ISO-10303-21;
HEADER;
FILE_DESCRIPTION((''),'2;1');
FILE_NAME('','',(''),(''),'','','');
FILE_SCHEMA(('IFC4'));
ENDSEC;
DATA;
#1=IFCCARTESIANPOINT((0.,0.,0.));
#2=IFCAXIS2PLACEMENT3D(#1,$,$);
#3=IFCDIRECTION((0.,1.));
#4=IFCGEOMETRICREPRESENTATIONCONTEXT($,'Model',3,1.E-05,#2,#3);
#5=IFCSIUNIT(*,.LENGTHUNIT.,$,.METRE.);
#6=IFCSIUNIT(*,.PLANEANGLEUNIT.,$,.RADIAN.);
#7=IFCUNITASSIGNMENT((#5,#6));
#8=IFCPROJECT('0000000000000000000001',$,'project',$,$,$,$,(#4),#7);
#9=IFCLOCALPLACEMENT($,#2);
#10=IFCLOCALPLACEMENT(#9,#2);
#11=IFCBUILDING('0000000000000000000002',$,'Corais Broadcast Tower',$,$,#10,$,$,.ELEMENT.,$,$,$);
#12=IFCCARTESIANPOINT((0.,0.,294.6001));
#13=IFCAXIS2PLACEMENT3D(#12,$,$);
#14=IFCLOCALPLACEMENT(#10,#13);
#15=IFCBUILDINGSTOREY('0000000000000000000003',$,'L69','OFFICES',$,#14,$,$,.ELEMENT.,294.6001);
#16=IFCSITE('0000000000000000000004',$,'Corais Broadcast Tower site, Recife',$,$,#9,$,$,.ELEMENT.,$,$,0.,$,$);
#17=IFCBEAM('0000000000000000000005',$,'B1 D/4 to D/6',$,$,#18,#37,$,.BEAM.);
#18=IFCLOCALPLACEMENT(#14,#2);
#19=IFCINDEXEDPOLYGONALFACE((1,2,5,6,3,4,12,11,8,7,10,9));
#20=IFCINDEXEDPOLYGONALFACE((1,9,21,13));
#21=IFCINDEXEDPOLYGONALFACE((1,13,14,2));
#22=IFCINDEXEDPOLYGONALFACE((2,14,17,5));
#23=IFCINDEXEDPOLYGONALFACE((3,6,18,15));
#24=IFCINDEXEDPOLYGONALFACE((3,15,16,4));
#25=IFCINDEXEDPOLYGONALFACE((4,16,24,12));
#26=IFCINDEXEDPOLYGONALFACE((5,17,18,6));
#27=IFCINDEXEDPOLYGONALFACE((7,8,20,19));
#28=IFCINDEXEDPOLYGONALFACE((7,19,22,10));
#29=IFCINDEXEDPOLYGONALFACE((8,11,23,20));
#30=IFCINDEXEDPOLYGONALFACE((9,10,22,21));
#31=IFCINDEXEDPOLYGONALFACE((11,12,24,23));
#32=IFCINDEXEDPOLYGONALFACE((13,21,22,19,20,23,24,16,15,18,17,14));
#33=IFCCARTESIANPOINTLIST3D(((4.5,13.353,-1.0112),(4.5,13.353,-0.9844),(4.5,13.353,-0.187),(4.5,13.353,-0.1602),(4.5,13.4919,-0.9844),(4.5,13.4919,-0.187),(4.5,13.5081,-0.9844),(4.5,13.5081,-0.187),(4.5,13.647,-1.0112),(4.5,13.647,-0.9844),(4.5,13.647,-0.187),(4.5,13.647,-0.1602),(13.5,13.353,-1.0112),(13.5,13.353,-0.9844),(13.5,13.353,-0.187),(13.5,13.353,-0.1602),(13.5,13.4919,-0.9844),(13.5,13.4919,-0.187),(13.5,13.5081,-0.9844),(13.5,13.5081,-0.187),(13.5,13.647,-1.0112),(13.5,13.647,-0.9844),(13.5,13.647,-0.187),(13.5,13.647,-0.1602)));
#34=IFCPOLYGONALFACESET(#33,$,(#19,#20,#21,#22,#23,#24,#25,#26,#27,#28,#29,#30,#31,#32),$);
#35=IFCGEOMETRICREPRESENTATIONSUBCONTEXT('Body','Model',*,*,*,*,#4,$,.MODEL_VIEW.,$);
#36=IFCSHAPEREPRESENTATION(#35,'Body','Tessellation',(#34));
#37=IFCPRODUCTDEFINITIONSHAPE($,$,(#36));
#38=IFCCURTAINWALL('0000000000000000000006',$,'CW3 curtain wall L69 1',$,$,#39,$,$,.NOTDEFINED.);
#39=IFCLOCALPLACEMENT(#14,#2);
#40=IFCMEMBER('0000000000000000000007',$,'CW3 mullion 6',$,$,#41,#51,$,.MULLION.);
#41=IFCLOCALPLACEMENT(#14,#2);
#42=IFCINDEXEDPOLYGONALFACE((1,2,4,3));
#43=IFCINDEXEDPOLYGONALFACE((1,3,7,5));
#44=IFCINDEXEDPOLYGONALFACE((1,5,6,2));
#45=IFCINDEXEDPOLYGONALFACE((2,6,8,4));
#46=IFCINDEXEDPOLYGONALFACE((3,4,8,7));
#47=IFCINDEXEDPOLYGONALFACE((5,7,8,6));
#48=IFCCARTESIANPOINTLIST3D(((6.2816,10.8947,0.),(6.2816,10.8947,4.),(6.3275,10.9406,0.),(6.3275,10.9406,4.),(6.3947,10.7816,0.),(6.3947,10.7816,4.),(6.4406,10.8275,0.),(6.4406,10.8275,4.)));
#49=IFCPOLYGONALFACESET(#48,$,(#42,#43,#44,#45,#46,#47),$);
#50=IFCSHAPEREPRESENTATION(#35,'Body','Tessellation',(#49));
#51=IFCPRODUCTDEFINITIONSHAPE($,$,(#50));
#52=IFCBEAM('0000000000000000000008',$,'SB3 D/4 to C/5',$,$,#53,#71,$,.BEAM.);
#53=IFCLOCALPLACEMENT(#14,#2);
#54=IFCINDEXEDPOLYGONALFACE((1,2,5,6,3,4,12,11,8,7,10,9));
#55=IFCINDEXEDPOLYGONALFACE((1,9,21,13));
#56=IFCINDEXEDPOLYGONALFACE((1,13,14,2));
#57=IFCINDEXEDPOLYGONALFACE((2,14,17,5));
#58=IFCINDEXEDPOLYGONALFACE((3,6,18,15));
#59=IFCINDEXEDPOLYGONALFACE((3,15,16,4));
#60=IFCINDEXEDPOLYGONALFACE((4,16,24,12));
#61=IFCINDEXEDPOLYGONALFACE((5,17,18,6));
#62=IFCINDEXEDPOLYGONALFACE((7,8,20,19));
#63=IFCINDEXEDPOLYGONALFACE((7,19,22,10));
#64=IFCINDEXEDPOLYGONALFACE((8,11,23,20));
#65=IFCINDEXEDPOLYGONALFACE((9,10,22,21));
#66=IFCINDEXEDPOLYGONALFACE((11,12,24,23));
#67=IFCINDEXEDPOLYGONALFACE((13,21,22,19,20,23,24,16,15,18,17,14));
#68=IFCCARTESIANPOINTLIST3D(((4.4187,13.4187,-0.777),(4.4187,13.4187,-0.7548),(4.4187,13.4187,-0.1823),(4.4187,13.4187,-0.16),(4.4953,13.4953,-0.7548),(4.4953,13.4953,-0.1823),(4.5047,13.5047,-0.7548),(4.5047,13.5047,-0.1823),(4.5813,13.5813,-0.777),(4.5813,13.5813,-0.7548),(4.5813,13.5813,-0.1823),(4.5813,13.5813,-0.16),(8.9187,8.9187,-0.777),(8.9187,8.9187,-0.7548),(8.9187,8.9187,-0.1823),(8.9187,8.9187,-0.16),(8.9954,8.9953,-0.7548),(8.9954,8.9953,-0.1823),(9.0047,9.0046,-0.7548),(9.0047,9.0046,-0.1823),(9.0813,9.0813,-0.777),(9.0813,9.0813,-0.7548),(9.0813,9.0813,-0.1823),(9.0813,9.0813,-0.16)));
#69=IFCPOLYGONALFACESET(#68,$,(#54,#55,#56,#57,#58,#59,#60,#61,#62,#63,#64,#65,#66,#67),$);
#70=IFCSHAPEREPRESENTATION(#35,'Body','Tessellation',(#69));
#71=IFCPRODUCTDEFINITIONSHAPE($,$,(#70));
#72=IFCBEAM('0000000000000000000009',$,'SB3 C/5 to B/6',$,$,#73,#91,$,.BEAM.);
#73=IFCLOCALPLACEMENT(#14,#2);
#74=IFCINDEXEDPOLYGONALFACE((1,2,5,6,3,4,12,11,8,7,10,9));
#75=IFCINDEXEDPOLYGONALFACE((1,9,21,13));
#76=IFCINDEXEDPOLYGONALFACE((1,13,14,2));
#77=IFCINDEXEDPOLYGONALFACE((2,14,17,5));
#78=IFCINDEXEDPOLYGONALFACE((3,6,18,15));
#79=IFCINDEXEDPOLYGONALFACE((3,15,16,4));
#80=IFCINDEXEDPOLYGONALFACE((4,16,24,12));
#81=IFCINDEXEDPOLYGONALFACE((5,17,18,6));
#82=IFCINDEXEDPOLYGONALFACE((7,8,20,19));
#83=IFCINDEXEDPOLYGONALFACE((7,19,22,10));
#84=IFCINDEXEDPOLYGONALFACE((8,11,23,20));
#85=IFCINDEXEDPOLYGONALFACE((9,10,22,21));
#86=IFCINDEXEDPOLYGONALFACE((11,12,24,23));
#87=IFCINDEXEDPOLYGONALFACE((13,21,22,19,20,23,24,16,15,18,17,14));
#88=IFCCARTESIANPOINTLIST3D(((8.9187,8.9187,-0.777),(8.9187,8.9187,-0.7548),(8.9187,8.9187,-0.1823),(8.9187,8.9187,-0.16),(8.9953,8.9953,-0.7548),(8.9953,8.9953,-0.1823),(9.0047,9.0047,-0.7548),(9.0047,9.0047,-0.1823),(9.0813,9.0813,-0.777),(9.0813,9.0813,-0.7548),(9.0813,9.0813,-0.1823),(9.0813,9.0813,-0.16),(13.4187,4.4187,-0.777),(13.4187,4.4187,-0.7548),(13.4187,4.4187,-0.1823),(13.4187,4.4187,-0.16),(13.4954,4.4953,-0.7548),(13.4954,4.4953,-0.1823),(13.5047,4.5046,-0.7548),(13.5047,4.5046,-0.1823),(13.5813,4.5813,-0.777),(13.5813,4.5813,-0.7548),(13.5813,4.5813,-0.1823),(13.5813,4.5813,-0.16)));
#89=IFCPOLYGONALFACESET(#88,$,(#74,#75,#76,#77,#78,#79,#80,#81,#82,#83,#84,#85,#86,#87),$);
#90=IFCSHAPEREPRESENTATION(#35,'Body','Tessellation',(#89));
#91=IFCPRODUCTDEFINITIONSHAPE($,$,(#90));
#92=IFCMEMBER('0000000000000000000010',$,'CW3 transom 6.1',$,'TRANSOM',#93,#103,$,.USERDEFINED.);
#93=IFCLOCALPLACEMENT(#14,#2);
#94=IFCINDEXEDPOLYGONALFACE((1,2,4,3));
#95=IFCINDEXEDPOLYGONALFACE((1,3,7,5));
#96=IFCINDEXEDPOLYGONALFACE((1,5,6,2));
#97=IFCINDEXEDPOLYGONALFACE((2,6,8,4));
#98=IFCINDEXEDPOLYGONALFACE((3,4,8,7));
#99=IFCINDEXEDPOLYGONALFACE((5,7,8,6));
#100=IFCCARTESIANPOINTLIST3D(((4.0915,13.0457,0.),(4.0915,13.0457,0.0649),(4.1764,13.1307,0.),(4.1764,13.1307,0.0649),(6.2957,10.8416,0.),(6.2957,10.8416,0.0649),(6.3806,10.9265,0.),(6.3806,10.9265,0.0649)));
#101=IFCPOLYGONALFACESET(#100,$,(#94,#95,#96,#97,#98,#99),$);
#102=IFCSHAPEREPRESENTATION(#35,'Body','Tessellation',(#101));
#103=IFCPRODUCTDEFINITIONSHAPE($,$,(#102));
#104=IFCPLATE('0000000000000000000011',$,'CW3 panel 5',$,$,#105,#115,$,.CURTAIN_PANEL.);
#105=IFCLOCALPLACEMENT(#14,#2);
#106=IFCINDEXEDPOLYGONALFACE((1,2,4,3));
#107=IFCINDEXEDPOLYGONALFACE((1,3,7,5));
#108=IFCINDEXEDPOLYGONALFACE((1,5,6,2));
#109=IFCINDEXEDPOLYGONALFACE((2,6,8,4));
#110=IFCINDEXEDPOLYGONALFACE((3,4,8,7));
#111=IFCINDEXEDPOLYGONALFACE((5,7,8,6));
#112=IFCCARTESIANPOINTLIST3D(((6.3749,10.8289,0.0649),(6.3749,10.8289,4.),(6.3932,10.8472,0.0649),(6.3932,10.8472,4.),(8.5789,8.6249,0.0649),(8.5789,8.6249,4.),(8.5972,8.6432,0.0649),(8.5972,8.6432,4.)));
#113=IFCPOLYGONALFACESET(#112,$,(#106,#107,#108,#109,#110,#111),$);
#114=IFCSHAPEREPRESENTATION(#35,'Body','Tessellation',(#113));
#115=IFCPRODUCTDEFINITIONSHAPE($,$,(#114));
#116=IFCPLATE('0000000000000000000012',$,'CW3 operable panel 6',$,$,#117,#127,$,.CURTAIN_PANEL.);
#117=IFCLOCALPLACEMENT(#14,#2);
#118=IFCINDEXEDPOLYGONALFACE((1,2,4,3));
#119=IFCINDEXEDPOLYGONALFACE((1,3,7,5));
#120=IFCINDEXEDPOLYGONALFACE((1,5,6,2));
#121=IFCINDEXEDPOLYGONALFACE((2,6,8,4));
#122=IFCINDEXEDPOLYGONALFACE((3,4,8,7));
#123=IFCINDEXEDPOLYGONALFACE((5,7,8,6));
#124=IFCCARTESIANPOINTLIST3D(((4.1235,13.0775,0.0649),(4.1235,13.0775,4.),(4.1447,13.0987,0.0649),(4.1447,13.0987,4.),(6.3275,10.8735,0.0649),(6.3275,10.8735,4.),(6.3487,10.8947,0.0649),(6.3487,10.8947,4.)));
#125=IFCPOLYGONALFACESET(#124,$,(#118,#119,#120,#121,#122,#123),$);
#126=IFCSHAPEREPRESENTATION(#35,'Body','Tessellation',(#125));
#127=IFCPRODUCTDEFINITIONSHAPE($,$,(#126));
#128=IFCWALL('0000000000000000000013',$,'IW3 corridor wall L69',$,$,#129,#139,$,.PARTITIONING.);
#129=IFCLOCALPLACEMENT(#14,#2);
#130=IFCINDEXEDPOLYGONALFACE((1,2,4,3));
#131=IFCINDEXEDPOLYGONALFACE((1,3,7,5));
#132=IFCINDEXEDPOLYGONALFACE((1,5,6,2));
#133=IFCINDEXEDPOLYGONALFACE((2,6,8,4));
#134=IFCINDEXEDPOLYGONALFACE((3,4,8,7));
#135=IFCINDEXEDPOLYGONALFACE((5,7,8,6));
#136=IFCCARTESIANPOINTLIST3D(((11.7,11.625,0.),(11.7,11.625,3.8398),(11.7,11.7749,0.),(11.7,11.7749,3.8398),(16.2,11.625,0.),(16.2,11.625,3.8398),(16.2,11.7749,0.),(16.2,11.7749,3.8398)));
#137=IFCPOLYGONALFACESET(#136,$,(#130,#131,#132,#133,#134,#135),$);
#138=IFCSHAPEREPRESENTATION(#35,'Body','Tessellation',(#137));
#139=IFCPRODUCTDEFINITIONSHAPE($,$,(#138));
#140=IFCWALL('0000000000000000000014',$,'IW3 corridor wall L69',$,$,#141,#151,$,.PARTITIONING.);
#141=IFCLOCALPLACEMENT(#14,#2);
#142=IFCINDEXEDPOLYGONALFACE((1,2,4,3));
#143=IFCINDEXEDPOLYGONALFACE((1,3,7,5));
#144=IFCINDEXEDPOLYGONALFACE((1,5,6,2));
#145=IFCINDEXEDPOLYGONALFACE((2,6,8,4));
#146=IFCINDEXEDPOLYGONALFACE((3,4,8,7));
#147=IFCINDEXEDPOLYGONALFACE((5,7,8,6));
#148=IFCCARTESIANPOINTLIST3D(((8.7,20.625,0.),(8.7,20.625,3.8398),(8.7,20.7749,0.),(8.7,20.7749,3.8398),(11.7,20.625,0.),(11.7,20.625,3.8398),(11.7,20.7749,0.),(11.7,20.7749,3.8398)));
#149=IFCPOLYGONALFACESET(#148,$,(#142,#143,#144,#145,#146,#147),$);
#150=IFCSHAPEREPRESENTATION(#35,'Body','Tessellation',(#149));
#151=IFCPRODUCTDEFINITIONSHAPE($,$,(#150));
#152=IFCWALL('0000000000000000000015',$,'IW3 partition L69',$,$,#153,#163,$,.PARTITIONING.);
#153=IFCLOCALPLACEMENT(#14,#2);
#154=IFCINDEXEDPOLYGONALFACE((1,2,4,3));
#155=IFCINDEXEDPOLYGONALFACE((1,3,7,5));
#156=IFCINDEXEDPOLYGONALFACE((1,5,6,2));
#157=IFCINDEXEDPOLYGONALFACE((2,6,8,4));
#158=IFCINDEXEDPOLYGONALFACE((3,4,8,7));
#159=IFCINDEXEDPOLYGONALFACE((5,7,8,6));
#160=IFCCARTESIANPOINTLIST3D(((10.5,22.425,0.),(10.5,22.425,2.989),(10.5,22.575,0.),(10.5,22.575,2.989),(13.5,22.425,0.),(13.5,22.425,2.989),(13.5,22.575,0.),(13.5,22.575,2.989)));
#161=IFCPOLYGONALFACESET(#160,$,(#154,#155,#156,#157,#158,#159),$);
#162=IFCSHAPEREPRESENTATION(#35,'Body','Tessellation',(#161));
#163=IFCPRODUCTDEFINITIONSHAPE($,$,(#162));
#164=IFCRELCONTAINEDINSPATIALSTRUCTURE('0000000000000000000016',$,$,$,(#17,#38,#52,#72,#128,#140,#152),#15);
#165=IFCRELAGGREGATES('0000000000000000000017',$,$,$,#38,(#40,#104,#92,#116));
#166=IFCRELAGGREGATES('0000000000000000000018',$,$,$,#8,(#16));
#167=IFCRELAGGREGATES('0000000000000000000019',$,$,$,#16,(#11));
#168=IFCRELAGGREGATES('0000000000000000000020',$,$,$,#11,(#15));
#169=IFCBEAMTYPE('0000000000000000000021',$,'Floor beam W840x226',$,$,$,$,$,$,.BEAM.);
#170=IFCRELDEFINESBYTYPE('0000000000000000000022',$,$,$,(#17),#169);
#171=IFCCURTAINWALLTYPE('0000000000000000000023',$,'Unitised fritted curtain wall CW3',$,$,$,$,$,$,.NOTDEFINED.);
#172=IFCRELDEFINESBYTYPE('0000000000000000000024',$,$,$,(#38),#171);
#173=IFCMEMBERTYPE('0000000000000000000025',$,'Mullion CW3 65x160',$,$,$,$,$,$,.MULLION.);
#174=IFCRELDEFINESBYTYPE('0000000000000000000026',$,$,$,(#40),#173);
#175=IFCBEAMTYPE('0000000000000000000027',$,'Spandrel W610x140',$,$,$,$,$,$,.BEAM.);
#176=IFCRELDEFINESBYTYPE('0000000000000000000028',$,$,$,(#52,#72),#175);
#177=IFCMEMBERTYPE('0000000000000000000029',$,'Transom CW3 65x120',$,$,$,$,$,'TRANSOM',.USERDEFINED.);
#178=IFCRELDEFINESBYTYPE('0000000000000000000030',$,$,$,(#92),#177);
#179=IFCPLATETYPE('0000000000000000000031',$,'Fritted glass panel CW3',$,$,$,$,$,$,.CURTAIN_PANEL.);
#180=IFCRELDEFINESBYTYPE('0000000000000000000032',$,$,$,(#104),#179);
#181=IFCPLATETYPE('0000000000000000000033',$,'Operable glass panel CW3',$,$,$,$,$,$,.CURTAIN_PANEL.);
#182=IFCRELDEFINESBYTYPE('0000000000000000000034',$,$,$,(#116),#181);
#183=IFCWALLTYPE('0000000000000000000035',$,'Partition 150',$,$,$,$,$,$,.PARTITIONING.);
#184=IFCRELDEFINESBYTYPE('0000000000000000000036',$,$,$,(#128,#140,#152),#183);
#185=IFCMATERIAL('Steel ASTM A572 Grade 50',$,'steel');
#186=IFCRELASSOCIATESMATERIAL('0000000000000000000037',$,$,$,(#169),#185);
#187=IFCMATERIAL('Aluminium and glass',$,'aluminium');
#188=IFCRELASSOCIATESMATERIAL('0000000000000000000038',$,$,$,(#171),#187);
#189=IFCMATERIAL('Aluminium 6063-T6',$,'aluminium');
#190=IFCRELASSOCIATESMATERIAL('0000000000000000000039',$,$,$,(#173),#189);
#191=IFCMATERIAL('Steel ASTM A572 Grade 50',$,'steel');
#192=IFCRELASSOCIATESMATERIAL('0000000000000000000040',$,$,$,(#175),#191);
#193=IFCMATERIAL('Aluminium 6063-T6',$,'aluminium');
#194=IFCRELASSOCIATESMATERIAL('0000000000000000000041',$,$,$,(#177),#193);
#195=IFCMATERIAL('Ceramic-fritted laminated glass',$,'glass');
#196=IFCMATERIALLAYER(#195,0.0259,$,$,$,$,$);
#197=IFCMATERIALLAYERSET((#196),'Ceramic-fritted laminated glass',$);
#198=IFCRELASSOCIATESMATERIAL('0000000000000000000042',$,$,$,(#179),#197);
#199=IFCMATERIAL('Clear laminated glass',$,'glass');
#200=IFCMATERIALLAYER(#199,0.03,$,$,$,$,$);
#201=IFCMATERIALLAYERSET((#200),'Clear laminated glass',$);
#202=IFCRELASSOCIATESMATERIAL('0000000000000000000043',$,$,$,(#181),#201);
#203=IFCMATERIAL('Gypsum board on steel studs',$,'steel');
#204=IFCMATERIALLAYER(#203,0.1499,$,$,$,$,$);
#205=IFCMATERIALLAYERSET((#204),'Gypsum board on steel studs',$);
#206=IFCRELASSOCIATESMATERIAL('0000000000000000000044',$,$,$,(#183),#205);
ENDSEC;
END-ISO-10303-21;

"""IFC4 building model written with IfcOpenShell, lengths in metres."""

from ifc_helpers import new_model, si_unit, direction, frame, frame_2d, origin, origin_2d, place, context, subcontext, project, spatial, rectangle, i_section, extrude, material, layer, layer_set, material_profile, profile_set, type_object, element, aggregate, save


model = new_model("IFC4")

# Units and contexts
model_context = context("Model", 3, precision=1e-05, world=origin(), true_north=direction((0.0, 1.0)))
body_context = subcontext(model_context, "Body", "Model", "MODEL_VIEW")
ifc_project = project(units=[si_unit("LENGTHUNIT", "METRE"), si_unit("PLANEANGLEUNIT", "RADIAN")], contexts=[model_context])

# Site, building, storey
site_placement = place(None, origin())
site = spatial("IfcSite", under=ifc_project, at=site_placement, Name="Corais Broadcast Tower site, Recife", CompositionType="ELEMENT", RefElevation=0.0)
building_placement = place(site_placement, origin())
building = spatial("IfcBuilding", under=site, at=building_placement, Name="Corais Broadcast Tower", CompositionType="ELEMENT")
storey_placement = place(building_placement, frame((0.0, 0.0, 294.6001)))
storey = spatial("IfcBuildingStorey", under=building, at=storey_placement, Name="L69", Description="OFFICES", CompositionType="ELEMENT", Elevation=294.6001)

# Beam
ifc_material_1 = material(Name="Steel ASTM A572 Grade 50", Category="steel")
ifc_material_profile_1 = material_profile(ifc_material_1, i_section(OverallWidth=0.2939, OverallDepth=0.8511, WebThickness=0.0161, FlangeThickness=0.0269, at=origin_2d()), Name="W840x226")
ifc_profile_set_1 = profile_set([ifc_material_profile_1], Name="Steel ASTM A572 Grade 50")
beam_type_1 = type_object("IfcBeamType", Name="Floor beam W840x226", PredefinedType="BEAM", material=ifc_profile_set_1)
beam_placement = place(storey_placement, frame((4.5, 13.5, -0.5857), z_axis=(1.0, 0.0, 0.0), x_axis=(0.0, 1.0, 0.0)))
element("IfcBeam", 1, at=beam_placement, inside=storey, type_object=beam_type_1, Name="B1 D/4 to D/6", PredefinedType="BEAM", context=body_context, shape_type="SweptSolid", body=[
    extrude(i_section(OverallWidth=0.2939, OverallDepth=0.8511, WebThickness=0.0161, FlangeThickness=0.0269, at=origin_2d()), origin(), (0.0, 0.0, 1.0), 9.0),
])

# Curtain wall, member
ifc_material_2 = material(Name="Aluminium and glass", Category="aluminium")
curtain_wall_type = type_object("IfcCurtainWallType", Name="Unitised fritted curtain wall CW3", PredefinedType="NOTDEFINED", material=ifc_material_2)
curtain_wall_placement = place(storey_placement, origin())
curtain_wall = element("IfcCurtainWall", 2, at=curtain_wall_placement, inside=storey, type_object=curtain_wall_type, Name="CW3 curtain wall L69 1", PredefinedType="NOTDEFINED")
ifc_material_3 = material(Name="Aluminium 6063-T6", Category="aluminium")
ifc_material_profile_2 = material_profile(ifc_material_3, rectangle(XDim=0.0649, YDim=0.1599, at=origin_2d()), Name="Mullion CW3 65x160")
ifc_profile_set_2 = profile_set([ifc_material_profile_2], Name="Aluminium 6063-T6")
member_type_1 = type_object("IfcMemberType", Name="Mullion CW3 65x160", PredefinedType="MULLION", material=ifc_profile_set_2)
member_1_placement = place(storey_placement, frame((6.3611, 10.8611, 0.0), z_axis=(0.0, 0.0, 1.0), x_axis=(-0.707107, -0.707107, 0.0)))
member_1 = element("IfcMember", 3, at=member_1_placement, type_object=member_type_1, Name="CW3 mullion 6", PredefinedType="MULLION", context=body_context, shape_type="SweptSolid", body=[
    extrude(rectangle(XDim=0.0649, YDim=0.1599, at=origin_2d()), origin(), (0.0, 0.0, 1.0), 4.0),
])

# Beams
ifc_material_4 = material(Name="Steel ASTM A572 Grade 50", Category="steel")
ifc_material_profile_3 = material_profile(ifc_material_4, i_section(OverallWidth=0.23, OverallDepth=0.6169, WebThickness=0.0132, FlangeThickness=0.0222, at=origin_2d()), Name="W610x140")
ifc_profile_set_3 = profile_set([ifc_material_profile_3], Name="Steel ASTM A572 Grade 50")
beam_type_2 = type_object("IfcBeamType", Name="Spandrel W610x140", PredefinedType="BEAM", material=ifc_profile_set_3)
for number, where, z_axis, x_axis, name in (
    (4, (4.5, 13.5, -0.4685), (0.707107, -0.707107, 0.0), (0.707107, 0.707107, 0.0), "SB3 D/4 to C/5"),
    (5, (9.0, 9.0, -0.4685), (0.707107, -0.707107, 0.0), (0.707107, 0.707107, 0.0), "SB3 C/5 to B/6"),
):
    element("IfcBeam", number, at=place(storey_placement, frame(where, z_axis=z_axis, x_axis=x_axis)), inside=storey, type_object=beam_type_2, Name=name, PredefinedType="BEAM", context=body_context, shape_type="SweptSolid", body=[
        extrude(i_section(OverallWidth=0.23, OverallDepth=0.6169, WebThickness=0.0132, FlangeThickness=0.0222, at=origin_2d()), origin(), (0.0, 0.0, 1.0), 6.364),
    ])

# Member
ifc_material_5 = material(Name="Aluminium 6063-T6", Category="aluminium")
ifc_material_profile_4 = material_profile(ifc_material_5, rectangle(XDim=0.1201, YDim=0.0649, at=origin_2d()), Name="Transom CW3 65x120")
ifc_profile_set_4 = profile_set([ifc_material_profile_4], Name="Aluminium 6063-T6")
member_type_2 = type_object("IfcMemberType", Name="Transom CW3 65x120", ElementType="TRANSOM", PredefinedType="USERDEFINED", material=ifc_profile_set_4)
member_2_placement = place(storey_placement, frame((6.3381, 10.884, 0.0325), z_axis=(-0.707107, 0.707107, 0.0), x_axis=(-0.707107, -0.707107, 0.0)))
member_2 = element("IfcMember", 6, at=member_2_placement, type_object=member_type_2, Name="CW3 transom 6.1", ObjectType="TRANSOM", PredefinedType="USERDEFINED", context=body_context, shape_type="SweptSolid", body=[
    extrude(rectangle(XDim=0.1201, YDim=0.0649, at=origin_2d()), origin(), (0.0, 0.0, 1.0), 3.1172),
])

# Plates
ifc_material_6 = material(Name="Ceramic-fritted laminated glass", Category="glass")
ifc_layer_1 = layer(ifc_material_6, 0.0259)
ifc_layer_set_1 = layer_set([ifc_layer_1], Name="Ceramic-fritted laminated glass")
plate_type_1 = type_object("IfcPlateType", Name="Fritted glass panel CW3", PredefinedType="CURTAIN_PANEL", material=ifc_layer_set_1)
plate_1_placement = place(storey_placement, frame((7.4861, 9.7361, 0.0649), z_axis=(0.0, 0.0, 1.0), x_axis=(-0.707107, 0.707107, 0.0)))
plate_1 = element("IfcPlate", 7, at=plate_1_placement, type_object=plate_type_1, Name="CW3 panel 5", PredefinedType="CURTAIN_PANEL", context=body_context, shape_type="SweptSolid", body=[
    extrude(rectangle(XDim=3.1169, YDim=0.0259, at=origin_2d()), origin(), (0.0, 0.0, 1.0), 3.9351),
])
ifc_material_7 = material(Name="Clear laminated glass", Category="glass")
ifc_layer_2 = layer(ifc_material_7, 0.03)
ifc_layer_set_2 = layer_set([ifc_layer_2], Name="Clear laminated glass")
plate_type_2 = type_object("IfcPlateType", Name="Operable glass panel CW3", PredefinedType="CURTAIN_PANEL", material=ifc_layer_set_2)
plate_2_placement = place(storey_placement, frame((5.2361, 11.9861, 0.0649), z_axis=(0.0, 0.0, 1.0), x_axis=(-0.707107, 0.707107, 0.0)))
plate_2 = element("IfcPlate", 8, at=plate_2_placement, type_object=plate_type_2, Name="CW3 operable panel 6", PredefinedType="CURTAIN_PANEL", context=body_context, shape_type="SweptSolid", body=[
    extrude(rectangle(XDim=3.1169, YDim=0.03, at=origin_2d()), origin(), (0.0, 0.0, 1.0), 3.9351),
])
aggregate(curtain_wall, [member_1, plate_1, member_2, plate_2])

# Walls
ifc_material_8 = material(Name="Gypsum board on steel studs", Category="steel")
ifc_layer_3 = layer(ifc_material_8, 0.1499)
ifc_layer_set_3 = layer_set([ifc_layer_3], Name="Gypsum board on steel studs")
wall_type = type_object("IfcWallType", Name="Partition 150", PredefinedType="PARTITIONING", material=ifc_layer_set_3)
wall_1_placement = place(storey_placement, frame((11.7, 11.7, 0.0), z_axis=(0.0, 0.0, 1.0), x_axis=(1.0, 0.0, 0.0)))
element("IfcWall", 9, at=wall_1_placement, inside=storey, type_object=wall_type, Name="IW3 corridor wall L69", PredefinedType="PARTITIONING", context=body_context, shape_type="SweptSolid", body=[
    extrude(rectangle(XDim=4.5, YDim=0.1499, at=frame_2d((2.25, 0.0))), origin(), (0.0, 0.0, 1.0), 3.8398),
])
wall_2_placement = place(storey_placement, frame((8.7, 20.7, 0.0), z_axis=(0.0, 0.0, 1.0), x_axis=(1.0, 0.0, 0.0)))
element("IfcWall", 10, at=wall_2_placement, inside=storey, type_object=wall_type, Name="IW3 corridor wall L69", PredefinedType="PARTITIONING", context=body_context, shape_type="SweptSolid", body=[
    extrude(rectangle(XDim=3.0, YDim=0.1499, at=frame_2d((1.5, 0.0))), origin(), (0.0, 0.0, 1.0), 3.8398),
])
wall_3_placement = place(storey_placement, frame((10.5, 22.5, 0.0), z_axis=(0.0, 0.0, 1.0), x_axis=(1.0, 0.0, 0.0)))
element("IfcWall", 11, at=wall_3_placement, inside=storey, type_object=wall_type, Name="IW3 partition L69", PredefinedType="PARTITIONING", context=body_context, shape_type="SweptSolid", body=[
    extrude(rectangle(XDim=3.0, YDim=0.1499, at=frame_2d((1.5, 0.0))), origin(), (0.0, 0.0, 1.0), 2.989),
])

save(model, "model.ifc")
